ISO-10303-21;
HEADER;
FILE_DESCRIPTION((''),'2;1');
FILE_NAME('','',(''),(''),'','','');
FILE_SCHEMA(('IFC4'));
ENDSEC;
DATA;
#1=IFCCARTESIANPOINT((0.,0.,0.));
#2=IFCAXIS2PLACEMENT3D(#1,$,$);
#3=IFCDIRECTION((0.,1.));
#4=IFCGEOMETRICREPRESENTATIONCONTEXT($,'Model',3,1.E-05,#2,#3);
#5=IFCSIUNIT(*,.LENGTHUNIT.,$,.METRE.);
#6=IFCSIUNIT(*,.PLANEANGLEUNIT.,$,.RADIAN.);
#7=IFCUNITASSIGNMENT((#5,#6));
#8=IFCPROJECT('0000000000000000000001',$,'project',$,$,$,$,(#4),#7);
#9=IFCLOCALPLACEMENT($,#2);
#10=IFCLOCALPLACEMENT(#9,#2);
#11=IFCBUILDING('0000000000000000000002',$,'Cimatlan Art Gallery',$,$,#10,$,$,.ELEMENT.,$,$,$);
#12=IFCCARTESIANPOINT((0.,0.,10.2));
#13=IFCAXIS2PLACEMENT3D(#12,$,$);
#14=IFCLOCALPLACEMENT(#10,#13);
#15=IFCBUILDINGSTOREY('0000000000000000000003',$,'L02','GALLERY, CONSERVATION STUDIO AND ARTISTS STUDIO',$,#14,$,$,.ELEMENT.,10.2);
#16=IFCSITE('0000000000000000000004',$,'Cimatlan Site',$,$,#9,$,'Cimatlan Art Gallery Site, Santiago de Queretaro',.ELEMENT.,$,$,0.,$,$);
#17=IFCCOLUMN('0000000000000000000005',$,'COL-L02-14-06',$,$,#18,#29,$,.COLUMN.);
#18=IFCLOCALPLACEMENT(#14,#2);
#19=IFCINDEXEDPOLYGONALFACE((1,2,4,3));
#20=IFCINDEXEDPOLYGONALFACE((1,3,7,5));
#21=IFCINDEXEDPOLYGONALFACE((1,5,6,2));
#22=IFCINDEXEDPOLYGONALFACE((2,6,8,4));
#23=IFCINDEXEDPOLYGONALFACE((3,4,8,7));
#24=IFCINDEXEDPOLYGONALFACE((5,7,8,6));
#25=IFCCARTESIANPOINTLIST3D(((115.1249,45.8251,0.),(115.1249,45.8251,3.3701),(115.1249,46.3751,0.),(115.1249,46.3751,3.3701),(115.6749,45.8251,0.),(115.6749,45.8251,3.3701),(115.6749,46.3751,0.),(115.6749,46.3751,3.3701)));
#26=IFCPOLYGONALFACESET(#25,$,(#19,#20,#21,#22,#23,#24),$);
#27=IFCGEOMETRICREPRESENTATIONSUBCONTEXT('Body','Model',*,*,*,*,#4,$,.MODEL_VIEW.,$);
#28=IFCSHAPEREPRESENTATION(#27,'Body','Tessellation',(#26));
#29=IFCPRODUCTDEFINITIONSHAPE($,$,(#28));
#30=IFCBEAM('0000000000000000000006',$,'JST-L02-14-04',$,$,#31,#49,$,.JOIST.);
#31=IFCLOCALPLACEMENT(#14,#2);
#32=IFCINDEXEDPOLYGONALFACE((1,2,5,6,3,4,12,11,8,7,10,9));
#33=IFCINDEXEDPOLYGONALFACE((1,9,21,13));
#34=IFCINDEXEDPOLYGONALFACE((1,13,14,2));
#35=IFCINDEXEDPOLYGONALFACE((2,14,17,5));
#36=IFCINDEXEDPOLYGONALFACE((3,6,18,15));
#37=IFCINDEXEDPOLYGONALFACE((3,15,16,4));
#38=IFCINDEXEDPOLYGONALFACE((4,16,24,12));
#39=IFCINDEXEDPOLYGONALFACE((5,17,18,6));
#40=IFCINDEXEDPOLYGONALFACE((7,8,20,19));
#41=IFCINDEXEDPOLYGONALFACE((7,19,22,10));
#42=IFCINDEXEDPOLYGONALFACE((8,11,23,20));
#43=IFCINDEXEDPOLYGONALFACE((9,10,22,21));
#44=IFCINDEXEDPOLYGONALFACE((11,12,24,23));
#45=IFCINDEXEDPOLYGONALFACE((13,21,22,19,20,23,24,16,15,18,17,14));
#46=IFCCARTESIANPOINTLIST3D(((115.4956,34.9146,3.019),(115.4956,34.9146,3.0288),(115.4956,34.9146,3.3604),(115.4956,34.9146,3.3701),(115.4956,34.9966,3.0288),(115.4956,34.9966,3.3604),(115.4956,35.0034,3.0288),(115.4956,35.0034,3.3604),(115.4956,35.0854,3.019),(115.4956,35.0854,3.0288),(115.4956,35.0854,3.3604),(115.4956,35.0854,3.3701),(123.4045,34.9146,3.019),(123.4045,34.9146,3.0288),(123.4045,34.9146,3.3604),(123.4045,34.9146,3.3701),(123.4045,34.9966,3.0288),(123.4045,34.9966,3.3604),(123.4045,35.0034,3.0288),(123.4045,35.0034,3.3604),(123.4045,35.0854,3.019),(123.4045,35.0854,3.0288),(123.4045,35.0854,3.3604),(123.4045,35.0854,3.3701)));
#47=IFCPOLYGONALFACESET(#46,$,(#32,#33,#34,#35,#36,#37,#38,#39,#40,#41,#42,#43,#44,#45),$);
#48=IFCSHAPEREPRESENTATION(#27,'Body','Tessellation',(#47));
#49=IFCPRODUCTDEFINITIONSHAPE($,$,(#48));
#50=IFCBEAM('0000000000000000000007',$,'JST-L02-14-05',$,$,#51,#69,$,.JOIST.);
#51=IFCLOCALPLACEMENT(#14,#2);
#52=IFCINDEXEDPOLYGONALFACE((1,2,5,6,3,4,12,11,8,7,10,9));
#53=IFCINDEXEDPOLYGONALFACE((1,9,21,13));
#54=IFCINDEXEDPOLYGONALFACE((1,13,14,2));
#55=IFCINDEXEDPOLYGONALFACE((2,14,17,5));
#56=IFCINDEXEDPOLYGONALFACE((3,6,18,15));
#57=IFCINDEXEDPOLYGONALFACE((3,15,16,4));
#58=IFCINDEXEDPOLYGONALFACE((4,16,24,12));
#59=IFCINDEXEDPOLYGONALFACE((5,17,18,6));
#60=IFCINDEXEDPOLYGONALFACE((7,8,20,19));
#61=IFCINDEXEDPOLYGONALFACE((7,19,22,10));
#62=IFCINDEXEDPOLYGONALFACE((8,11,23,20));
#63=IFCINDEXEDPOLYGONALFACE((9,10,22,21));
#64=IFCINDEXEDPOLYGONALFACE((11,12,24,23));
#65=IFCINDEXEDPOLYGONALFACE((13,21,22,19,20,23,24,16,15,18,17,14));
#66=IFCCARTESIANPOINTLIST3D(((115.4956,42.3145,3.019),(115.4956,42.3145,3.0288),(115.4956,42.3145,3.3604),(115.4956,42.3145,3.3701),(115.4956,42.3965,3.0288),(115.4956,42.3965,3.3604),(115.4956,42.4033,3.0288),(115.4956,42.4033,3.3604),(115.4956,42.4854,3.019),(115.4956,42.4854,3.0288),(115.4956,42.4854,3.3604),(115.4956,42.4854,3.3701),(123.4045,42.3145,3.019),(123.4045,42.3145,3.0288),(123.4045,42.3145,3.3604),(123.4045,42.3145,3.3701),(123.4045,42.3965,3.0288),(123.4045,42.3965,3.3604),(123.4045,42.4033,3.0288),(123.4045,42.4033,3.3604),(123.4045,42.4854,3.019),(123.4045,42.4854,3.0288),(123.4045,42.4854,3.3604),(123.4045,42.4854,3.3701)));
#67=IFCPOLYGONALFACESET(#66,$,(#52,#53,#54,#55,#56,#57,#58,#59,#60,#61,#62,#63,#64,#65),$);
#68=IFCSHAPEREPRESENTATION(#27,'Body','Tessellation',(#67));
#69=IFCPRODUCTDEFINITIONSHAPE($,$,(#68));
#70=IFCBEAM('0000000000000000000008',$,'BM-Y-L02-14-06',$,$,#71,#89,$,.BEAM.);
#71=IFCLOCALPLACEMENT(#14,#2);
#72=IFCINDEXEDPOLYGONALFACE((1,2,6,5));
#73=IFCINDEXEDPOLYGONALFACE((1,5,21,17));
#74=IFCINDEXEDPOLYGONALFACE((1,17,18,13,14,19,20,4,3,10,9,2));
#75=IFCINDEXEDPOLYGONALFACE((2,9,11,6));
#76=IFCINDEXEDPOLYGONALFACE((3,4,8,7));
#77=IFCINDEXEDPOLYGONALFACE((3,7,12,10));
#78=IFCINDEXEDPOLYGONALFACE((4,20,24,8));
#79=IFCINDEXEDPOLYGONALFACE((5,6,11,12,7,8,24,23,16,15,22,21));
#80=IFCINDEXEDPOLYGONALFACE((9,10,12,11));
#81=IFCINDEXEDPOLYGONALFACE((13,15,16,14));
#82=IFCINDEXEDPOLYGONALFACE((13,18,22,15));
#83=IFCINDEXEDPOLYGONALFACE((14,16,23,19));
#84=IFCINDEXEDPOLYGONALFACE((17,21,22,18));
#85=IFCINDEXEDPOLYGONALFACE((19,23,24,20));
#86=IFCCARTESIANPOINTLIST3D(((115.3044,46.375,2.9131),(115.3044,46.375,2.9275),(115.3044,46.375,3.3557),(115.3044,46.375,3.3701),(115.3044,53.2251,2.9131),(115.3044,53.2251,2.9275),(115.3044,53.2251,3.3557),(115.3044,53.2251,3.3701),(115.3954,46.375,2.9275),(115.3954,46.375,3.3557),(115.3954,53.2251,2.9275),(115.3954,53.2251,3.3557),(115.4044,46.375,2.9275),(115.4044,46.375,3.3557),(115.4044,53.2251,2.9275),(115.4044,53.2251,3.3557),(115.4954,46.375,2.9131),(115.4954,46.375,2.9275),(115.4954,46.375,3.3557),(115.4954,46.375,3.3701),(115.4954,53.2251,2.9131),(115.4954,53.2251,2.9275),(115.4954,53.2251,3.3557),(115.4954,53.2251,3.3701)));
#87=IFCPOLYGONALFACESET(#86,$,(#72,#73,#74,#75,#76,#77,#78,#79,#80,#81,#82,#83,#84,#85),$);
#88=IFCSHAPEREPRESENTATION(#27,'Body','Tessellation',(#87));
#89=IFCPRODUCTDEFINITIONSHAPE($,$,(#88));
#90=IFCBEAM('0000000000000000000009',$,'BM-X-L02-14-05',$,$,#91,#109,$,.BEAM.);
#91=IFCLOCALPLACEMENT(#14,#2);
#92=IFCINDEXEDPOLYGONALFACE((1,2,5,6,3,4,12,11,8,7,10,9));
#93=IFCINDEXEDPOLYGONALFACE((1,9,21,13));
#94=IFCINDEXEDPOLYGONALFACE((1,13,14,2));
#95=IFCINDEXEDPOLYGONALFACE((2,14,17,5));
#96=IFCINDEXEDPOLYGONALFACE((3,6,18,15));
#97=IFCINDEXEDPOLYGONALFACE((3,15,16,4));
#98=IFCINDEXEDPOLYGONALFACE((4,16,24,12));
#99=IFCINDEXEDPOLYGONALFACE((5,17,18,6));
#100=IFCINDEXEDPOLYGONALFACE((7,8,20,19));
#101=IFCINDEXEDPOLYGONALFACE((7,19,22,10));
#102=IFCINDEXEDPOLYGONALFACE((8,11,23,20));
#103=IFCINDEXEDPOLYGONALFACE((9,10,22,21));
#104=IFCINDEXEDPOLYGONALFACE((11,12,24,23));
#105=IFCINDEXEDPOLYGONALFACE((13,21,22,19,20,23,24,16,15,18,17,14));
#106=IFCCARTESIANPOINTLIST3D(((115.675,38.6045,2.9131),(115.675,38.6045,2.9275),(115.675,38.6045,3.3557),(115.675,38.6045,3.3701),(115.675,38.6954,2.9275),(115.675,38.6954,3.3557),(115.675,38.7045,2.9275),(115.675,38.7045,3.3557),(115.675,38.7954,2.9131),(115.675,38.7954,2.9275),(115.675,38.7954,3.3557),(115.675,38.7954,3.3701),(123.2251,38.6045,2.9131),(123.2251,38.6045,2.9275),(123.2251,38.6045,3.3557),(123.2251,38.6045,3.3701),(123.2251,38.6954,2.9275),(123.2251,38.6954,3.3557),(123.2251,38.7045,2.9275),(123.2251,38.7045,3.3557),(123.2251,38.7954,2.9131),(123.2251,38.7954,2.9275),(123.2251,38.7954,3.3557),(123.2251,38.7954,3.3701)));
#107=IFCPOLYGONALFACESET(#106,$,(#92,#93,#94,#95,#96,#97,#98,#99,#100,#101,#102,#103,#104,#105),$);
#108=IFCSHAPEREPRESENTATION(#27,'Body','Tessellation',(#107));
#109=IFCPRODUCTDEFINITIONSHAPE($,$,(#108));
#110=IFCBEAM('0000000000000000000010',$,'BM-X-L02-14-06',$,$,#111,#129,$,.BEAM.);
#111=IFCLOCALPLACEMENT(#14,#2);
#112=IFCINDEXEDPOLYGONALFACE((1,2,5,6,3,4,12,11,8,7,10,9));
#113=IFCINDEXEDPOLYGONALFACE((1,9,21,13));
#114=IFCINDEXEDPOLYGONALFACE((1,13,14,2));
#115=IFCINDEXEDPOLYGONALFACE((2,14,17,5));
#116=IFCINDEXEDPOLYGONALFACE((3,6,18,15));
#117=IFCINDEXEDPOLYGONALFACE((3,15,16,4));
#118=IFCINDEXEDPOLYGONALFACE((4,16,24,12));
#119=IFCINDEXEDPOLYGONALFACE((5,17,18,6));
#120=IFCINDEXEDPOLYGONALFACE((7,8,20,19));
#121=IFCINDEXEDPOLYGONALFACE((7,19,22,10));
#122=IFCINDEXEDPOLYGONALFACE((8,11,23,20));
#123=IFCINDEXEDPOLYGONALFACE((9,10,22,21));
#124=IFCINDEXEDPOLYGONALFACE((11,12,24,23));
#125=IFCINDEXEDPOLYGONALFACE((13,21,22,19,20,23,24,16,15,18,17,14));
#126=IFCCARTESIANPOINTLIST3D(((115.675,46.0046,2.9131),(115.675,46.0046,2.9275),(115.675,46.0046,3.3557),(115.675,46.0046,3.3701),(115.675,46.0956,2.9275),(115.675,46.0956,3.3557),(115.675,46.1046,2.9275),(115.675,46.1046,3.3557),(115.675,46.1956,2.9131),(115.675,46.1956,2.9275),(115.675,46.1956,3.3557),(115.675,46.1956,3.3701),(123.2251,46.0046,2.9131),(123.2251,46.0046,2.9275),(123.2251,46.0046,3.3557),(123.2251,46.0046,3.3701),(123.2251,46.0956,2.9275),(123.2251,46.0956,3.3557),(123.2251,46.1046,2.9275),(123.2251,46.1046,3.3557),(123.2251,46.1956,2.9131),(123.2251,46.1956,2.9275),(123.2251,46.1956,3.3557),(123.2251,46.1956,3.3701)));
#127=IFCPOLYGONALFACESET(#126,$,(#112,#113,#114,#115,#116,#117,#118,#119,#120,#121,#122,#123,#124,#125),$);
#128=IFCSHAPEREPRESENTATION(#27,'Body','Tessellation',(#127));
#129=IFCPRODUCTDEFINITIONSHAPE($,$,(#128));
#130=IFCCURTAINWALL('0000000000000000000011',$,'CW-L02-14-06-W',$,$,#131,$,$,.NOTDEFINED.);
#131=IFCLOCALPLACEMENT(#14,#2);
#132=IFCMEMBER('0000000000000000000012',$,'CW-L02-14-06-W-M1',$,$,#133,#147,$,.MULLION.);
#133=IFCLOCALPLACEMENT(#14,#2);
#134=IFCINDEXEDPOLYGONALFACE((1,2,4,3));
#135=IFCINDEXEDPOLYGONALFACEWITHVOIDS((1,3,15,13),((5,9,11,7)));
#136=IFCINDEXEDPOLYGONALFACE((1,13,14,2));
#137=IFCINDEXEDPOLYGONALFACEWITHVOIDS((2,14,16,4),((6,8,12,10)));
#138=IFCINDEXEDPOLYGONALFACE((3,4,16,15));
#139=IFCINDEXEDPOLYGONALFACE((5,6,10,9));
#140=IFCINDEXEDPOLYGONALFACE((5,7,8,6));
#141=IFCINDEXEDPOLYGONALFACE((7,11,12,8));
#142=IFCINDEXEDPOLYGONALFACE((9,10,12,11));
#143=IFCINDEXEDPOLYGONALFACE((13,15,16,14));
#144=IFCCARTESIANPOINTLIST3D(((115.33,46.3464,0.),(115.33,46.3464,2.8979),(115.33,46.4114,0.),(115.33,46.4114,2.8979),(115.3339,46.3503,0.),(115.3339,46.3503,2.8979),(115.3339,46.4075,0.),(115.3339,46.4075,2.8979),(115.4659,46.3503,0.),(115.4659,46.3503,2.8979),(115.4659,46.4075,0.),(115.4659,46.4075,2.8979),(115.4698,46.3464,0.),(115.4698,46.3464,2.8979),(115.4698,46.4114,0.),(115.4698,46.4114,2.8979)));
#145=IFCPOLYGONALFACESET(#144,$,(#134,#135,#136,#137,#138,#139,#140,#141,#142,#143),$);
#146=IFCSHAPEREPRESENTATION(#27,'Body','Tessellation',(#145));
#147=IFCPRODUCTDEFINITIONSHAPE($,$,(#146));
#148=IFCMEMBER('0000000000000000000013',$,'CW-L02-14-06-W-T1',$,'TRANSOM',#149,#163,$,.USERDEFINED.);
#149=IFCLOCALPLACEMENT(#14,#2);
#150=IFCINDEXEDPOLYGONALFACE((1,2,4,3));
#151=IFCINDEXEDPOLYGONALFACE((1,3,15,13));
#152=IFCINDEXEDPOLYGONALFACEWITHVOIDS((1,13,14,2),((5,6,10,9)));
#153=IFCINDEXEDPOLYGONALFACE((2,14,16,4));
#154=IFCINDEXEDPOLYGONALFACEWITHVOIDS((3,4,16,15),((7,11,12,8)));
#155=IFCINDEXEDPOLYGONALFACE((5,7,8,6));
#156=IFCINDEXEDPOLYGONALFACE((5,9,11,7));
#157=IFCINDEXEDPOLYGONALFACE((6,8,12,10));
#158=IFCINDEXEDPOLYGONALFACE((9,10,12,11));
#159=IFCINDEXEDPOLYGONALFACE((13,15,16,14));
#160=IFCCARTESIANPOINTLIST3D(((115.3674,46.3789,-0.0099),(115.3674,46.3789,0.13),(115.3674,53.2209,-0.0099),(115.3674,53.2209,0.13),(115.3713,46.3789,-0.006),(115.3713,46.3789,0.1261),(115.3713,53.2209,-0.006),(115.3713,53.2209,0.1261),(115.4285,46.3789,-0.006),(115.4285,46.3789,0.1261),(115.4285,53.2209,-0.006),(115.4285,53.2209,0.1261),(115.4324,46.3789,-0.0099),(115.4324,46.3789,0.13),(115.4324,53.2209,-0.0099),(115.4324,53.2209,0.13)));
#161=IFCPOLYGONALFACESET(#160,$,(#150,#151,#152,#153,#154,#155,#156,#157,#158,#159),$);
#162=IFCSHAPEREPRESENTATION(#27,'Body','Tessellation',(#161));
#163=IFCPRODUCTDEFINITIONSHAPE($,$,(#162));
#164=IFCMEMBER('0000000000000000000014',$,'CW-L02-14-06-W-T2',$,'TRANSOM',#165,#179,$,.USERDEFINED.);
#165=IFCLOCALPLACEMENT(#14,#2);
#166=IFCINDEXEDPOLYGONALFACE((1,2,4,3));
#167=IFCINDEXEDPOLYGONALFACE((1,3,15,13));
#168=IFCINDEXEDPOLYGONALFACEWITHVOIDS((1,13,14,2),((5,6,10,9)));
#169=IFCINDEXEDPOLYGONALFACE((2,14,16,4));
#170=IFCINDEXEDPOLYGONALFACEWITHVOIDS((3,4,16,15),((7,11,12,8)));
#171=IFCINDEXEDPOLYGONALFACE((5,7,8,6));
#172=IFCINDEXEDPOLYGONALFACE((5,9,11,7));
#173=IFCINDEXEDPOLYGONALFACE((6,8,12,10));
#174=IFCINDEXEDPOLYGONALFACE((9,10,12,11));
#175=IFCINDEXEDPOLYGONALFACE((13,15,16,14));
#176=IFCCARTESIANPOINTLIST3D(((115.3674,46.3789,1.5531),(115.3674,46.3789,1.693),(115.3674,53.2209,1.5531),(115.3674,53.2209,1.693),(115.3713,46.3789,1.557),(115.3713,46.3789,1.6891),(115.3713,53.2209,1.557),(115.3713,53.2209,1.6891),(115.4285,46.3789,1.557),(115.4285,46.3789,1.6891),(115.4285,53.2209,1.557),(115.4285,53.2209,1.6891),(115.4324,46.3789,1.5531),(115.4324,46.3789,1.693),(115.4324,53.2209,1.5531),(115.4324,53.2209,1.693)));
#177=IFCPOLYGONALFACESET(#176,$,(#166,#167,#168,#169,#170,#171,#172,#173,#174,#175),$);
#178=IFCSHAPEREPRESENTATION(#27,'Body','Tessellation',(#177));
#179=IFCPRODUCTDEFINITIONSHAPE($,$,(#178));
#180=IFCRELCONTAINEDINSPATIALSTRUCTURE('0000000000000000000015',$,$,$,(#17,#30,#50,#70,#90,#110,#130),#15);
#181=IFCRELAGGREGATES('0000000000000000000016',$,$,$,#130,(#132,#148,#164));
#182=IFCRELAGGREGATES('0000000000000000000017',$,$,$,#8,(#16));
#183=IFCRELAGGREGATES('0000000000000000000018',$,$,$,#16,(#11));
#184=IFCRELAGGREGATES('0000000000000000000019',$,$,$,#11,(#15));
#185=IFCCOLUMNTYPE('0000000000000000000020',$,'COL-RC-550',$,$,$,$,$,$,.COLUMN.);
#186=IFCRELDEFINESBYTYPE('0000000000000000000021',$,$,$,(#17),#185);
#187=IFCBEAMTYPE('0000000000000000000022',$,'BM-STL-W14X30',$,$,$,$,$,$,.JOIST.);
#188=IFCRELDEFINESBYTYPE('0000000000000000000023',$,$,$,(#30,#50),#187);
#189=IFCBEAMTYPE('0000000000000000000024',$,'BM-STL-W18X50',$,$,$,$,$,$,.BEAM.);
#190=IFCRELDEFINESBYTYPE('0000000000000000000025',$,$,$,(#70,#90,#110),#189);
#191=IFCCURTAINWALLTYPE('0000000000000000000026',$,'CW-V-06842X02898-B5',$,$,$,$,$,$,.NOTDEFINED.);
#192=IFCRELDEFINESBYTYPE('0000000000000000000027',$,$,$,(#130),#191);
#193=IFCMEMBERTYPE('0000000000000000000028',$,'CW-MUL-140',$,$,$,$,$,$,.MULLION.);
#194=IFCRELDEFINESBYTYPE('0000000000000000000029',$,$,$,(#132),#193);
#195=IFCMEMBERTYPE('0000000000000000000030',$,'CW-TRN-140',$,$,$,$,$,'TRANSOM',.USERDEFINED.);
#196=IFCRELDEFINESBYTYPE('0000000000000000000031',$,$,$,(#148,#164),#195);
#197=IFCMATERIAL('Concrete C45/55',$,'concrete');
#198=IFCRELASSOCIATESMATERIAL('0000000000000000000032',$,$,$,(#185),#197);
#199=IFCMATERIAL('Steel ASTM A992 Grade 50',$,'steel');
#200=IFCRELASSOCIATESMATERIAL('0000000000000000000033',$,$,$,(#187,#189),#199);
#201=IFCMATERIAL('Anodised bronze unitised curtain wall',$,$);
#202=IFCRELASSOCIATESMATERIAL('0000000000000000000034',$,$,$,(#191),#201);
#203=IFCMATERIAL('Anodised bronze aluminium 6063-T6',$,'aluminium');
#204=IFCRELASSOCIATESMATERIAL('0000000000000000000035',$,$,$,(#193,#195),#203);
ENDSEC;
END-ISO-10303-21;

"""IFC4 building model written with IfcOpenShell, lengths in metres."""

from ifc_helpers import new_model, si_unit, direction, frame, origin, origin_2d, place, context, subcontext, project, spatial, rectangle, hollow_rectangle, i_section, extrude, material, material_profile, profile_set, type_object, element, aggregate, save


model = new_model("IFC4")

# Units and contexts
model_context = context("Model", 3, precision=1e-05, world=origin(), true_north=direction((0.0, 1.0)))
body_context = subcontext(model_context, "Body", "Model", "MODEL_VIEW")
ifc_project = project(units=[si_unit("LENGTHUNIT", "METRE"), si_unit("PLANEANGLEUNIT", "RADIAN")], contexts=[model_context])

# Site, building, storey
site_placement = place(None, origin())
site = spatial("IfcSite", under=ifc_project, at=site_placement, Name="Cimatlan Site", LongName="Cimatlan Art Gallery Site, Santiago de Queretaro", CompositionType="ELEMENT", RefElevation=0.0)
building_placement = place(site_placement, origin())
building = spatial("IfcBuilding", under=site, at=building_placement, Name="Cimatlan Art Gallery", CompositionType="ELEMENT")
storey_placement = place(building_placement, frame((0.0, 0.0, 10.2)))
storey = spatial("IfcBuildingStorey", under=building, at=storey_placement, Name="L02", Description="GALLERY, CONSERVATION STUDIO AND ARTISTS STUDIO", CompositionType="ELEMENT", Elevation=10.2)

# Column
ifc_material_1 = material(Name="Concrete C45/55", Category="concrete")
ifc_material_profile_1 = material_profile(ifc_material_1, rectangle(XDim=0.55, YDim=0.55, at=origin_2d()), Name="RC550X550")
ifc_profile_set_1 = profile_set([ifc_material_profile_1], Name="Concrete C45/55")
column_type = type_object("IfcColumnType", Name="COL-RC-550", PredefinedType="COLUMN", material=ifc_profile_set_1)
column_placement = place(storey_placement, frame((115.3999, 46.1001, 0.0), z_axis=(0.0, 0.0, 1.0), x_axis=(1.0, 0.0, 0.0)))
element("IfcColumn", 1, at=column_placement, inside=storey, type_object=column_type, Name="COL-L02-14-06", PredefinedType="COLUMN", context=body_context, shape_type="SweptSolid", body=[
    extrude(rectangle(XDim=0.55, YDim=0.55, at=origin_2d()), origin(), (0.0, 0.0, 1.0), 3.3701),
])

# Beams
ifc_material_2 = material(Name="Steel ASTM A992 Grade 50", Category="steel")
ifc_material_profile_2 = material_profile(ifc_material_2, i_section(OverallWidth=0.1709, OverallDepth=0.3511, WebThickness=0.0068, FlangeThickness=0.0098, at=origin_2d()), Name="W14X30")
ifc_profile_set_2 = profile_set([ifc_material_profile_2], Name="Steel ASTM A992 Grade 50")
beam_type_1 = type_object("IfcBeamType", Name="BM-STL-W14X30", PredefinedType="JOIST", material=ifc_profile_set_2)
for number, where, z_axis, x_axis, name in (
    (2, (115.4956, 35.0, 3.1946), (1.0, 0.0, 0.0), (0.0, 1.0, 0.0), "JST-L02-14-04"),
    (3, (115.4956, 42.3999, 3.1946), (1.0, 0.0, 0.0), (0.0, 1.0, 0.0), "JST-L02-14-05"),
):
    element("IfcBeam", number, at=place(storey_placement, frame(where, z_axis=z_axis, x_axis=x_axis)), inside=storey, type_object=beam_type_1, Name=name, PredefinedType="JOIST", context=body_context, shape_type="SweptSolid", body=[
        extrude(i_section(OverallWidth=0.1709, OverallDepth=0.3511, WebThickness=0.0068, FlangeThickness=0.0098, at=origin_2d()), origin(), (0.0, 0.0, 1.0), 7.9089),
    ])
ifc_material_profile_3 = material_profile(ifc_material_2, i_section(OverallWidth=0.1909, OverallDepth=0.457, WebThickness=0.009, FlangeThickness=0.0144, at=origin_2d()), Name="W18X50")
ifc_profile_set_3 = profile_set([ifc_material_profile_3], Name="Steel ASTM A992 Grade 50")
beam_type_2 = type_object("IfcBeamType", Name="BM-STL-W18X50", PredefinedType="BEAM", material=ifc_profile_set_3)
beam_placement = place(storey_placement, frame((115.3999, 46.375, 3.1416), z_axis=(0.0, 1.0, 0.0), x_axis=(-1.0, 0.0, 0.0)))
element("IfcBeam", 4, at=beam_placement, inside=storey, type_object=beam_type_2, Name="BM-Y-L02-14-06", PredefinedType="BEAM", context=body_context, shape_type="SweptSolid", body=[
    extrude(i_section(OverallWidth=0.1909, OverallDepth=0.457, WebThickness=0.009, FlangeThickness=0.0144, at=origin_2d()), origin(), (0.0, 0.0, 1.0), 6.8501),
])
for number, where, z_axis, x_axis, name in (
    (5, (115.675, 38.7, 3.1416), (1.0, 0.0, 0.0), (0.0, 1.0, 0.0), "BM-X-L02-14-05"),
    (6, (115.675, 46.1001, 3.1416), (1.0, 0.0, 0.0), (0.0, 1.0, 0.0), "BM-X-L02-14-06"),
):
    element("IfcBeam", number, at=place(storey_placement, frame(where, z_axis=z_axis, x_axis=x_axis)), inside=storey, type_object=beam_type_2, Name=name, PredefinedType="BEAM", context=body_context, shape_type="SweptSolid", body=[
        extrude(i_section(OverallWidth=0.1909, OverallDepth=0.457, WebThickness=0.009, FlangeThickness=0.0144, at=origin_2d()), origin(), (0.0, 0.0, 1.0), 7.55),
    ])

# Curtain wall, members
ifc_material_3 = material(Name="Anodised bronze unitised curtain wall")
curtain_wall_type = type_object("IfcCurtainWallType", Name="CW-V-06842X02898-B5", PredefinedType="NOTDEFINED", material=ifc_material_3)
curtain_wall_placement = place(storey_placement, origin())
curtain_wall = element("IfcCurtainWall", 7, at=curtain_wall_placement, inside=storey, type_object=curtain_wall_type, Name="CW-L02-14-06-W", PredefinedType="NOTDEFINED")
ifc_material_4 = material(Name="Anodised bronze aluminium 6063-T6", Category="aluminium")
ifc_material_profile_4 = material_profile(ifc_material_4, hollow_rectangle(XDim=0.0649, YDim=0.1399, WallThickness=0.0039, at=origin_2d()), Name="ALU65X140X4")
ifc_profile_set_4 = profile_set([ifc_material_profile_4], Name="Anodised bronze aluminium 6063-T6")
member_type_1 = type_object("IfcMemberType", Name="CW-MUL-140", PredefinedType="MULLION", material=ifc_profile_set_4)
member_1_placement = place(storey_placement, frame((115.3999, 46.3789, 0.0), z_axis=(0.0, 0.0, 1.0), x_axis=(0.0, 1.0, 0.0)))
member_1 = element("IfcMember", 8, at=member_1_placement, type_object=member_type_1, Name="CW-L02-14-06-W-M1", PredefinedType="MULLION", context=body_context, shape_type="SweptSolid", body=[
    extrude(hollow_rectangle(XDim=0.0649, YDim=0.1399, WallThickness=0.0039, at=origin_2d()), origin(), (0.0, 0.0, 1.0), 2.8979),
])
ifc_material_profile_5 = material_profile(ifc_material_4, hollow_rectangle(XDim=0.0649, YDim=0.1399, WallThickness=0.0039, at=origin_2d()), Name="ALU65X140X4")
ifc_profile_set_5 = profile_set([ifc_material_profile_5], Name="Anodised bronze aluminium 6063-T6")
member_type_2 = type_object("IfcMemberType", Name="CW-TRN-140", ElementType="TRANSOM", PredefinedType="USERDEFINED", material=ifc_profile_set_5)
member_2_placement = place(storey_placement, frame((115.3999, 46.3789, 0.0601), z_axis=(0.0, 1.0, 0.0), x_axis=(-1.0, 0.0, 0.0)))
member_2 = element("IfcMember", 9, at=member_2_placement, type_object=member_type_2, Name="CW-L02-14-06-W-T1", ObjectType="TRANSOM", PredefinedType="USERDEFINED", context=body_context, shape_type="SweptSolid", body=[
    extrude(hollow_rectangle(XDim=0.0649, YDim=0.1399, WallThickness=0.0039, at=origin_2d()), origin(), (0.0, 0.0, 1.0), 6.842),
])
member_3_placement = place(storey_placement, frame((115.3999, 46.3789, 1.623), z_axis=(0.0, 1.0, 0.0), x_axis=(-1.0, 0.0, 0.0)))
member_3 = element("IfcMember", 10, at=member_3_placement, type_object=member_type_2, Name="CW-L02-14-06-W-T2", ObjectType="TRANSOM", PredefinedType="USERDEFINED", context=body_context, shape_type="SweptSolid", body=[
    extrude(hollow_rectangle(XDim=0.0649, YDim=0.1399, WallThickness=0.0039, at=origin_2d()), origin(), (0.0, 0.0, 1.0), 6.842),
])
aggregate(curtain_wall, [member_1, member_2, member_3])

save(model, "model.ifc")
